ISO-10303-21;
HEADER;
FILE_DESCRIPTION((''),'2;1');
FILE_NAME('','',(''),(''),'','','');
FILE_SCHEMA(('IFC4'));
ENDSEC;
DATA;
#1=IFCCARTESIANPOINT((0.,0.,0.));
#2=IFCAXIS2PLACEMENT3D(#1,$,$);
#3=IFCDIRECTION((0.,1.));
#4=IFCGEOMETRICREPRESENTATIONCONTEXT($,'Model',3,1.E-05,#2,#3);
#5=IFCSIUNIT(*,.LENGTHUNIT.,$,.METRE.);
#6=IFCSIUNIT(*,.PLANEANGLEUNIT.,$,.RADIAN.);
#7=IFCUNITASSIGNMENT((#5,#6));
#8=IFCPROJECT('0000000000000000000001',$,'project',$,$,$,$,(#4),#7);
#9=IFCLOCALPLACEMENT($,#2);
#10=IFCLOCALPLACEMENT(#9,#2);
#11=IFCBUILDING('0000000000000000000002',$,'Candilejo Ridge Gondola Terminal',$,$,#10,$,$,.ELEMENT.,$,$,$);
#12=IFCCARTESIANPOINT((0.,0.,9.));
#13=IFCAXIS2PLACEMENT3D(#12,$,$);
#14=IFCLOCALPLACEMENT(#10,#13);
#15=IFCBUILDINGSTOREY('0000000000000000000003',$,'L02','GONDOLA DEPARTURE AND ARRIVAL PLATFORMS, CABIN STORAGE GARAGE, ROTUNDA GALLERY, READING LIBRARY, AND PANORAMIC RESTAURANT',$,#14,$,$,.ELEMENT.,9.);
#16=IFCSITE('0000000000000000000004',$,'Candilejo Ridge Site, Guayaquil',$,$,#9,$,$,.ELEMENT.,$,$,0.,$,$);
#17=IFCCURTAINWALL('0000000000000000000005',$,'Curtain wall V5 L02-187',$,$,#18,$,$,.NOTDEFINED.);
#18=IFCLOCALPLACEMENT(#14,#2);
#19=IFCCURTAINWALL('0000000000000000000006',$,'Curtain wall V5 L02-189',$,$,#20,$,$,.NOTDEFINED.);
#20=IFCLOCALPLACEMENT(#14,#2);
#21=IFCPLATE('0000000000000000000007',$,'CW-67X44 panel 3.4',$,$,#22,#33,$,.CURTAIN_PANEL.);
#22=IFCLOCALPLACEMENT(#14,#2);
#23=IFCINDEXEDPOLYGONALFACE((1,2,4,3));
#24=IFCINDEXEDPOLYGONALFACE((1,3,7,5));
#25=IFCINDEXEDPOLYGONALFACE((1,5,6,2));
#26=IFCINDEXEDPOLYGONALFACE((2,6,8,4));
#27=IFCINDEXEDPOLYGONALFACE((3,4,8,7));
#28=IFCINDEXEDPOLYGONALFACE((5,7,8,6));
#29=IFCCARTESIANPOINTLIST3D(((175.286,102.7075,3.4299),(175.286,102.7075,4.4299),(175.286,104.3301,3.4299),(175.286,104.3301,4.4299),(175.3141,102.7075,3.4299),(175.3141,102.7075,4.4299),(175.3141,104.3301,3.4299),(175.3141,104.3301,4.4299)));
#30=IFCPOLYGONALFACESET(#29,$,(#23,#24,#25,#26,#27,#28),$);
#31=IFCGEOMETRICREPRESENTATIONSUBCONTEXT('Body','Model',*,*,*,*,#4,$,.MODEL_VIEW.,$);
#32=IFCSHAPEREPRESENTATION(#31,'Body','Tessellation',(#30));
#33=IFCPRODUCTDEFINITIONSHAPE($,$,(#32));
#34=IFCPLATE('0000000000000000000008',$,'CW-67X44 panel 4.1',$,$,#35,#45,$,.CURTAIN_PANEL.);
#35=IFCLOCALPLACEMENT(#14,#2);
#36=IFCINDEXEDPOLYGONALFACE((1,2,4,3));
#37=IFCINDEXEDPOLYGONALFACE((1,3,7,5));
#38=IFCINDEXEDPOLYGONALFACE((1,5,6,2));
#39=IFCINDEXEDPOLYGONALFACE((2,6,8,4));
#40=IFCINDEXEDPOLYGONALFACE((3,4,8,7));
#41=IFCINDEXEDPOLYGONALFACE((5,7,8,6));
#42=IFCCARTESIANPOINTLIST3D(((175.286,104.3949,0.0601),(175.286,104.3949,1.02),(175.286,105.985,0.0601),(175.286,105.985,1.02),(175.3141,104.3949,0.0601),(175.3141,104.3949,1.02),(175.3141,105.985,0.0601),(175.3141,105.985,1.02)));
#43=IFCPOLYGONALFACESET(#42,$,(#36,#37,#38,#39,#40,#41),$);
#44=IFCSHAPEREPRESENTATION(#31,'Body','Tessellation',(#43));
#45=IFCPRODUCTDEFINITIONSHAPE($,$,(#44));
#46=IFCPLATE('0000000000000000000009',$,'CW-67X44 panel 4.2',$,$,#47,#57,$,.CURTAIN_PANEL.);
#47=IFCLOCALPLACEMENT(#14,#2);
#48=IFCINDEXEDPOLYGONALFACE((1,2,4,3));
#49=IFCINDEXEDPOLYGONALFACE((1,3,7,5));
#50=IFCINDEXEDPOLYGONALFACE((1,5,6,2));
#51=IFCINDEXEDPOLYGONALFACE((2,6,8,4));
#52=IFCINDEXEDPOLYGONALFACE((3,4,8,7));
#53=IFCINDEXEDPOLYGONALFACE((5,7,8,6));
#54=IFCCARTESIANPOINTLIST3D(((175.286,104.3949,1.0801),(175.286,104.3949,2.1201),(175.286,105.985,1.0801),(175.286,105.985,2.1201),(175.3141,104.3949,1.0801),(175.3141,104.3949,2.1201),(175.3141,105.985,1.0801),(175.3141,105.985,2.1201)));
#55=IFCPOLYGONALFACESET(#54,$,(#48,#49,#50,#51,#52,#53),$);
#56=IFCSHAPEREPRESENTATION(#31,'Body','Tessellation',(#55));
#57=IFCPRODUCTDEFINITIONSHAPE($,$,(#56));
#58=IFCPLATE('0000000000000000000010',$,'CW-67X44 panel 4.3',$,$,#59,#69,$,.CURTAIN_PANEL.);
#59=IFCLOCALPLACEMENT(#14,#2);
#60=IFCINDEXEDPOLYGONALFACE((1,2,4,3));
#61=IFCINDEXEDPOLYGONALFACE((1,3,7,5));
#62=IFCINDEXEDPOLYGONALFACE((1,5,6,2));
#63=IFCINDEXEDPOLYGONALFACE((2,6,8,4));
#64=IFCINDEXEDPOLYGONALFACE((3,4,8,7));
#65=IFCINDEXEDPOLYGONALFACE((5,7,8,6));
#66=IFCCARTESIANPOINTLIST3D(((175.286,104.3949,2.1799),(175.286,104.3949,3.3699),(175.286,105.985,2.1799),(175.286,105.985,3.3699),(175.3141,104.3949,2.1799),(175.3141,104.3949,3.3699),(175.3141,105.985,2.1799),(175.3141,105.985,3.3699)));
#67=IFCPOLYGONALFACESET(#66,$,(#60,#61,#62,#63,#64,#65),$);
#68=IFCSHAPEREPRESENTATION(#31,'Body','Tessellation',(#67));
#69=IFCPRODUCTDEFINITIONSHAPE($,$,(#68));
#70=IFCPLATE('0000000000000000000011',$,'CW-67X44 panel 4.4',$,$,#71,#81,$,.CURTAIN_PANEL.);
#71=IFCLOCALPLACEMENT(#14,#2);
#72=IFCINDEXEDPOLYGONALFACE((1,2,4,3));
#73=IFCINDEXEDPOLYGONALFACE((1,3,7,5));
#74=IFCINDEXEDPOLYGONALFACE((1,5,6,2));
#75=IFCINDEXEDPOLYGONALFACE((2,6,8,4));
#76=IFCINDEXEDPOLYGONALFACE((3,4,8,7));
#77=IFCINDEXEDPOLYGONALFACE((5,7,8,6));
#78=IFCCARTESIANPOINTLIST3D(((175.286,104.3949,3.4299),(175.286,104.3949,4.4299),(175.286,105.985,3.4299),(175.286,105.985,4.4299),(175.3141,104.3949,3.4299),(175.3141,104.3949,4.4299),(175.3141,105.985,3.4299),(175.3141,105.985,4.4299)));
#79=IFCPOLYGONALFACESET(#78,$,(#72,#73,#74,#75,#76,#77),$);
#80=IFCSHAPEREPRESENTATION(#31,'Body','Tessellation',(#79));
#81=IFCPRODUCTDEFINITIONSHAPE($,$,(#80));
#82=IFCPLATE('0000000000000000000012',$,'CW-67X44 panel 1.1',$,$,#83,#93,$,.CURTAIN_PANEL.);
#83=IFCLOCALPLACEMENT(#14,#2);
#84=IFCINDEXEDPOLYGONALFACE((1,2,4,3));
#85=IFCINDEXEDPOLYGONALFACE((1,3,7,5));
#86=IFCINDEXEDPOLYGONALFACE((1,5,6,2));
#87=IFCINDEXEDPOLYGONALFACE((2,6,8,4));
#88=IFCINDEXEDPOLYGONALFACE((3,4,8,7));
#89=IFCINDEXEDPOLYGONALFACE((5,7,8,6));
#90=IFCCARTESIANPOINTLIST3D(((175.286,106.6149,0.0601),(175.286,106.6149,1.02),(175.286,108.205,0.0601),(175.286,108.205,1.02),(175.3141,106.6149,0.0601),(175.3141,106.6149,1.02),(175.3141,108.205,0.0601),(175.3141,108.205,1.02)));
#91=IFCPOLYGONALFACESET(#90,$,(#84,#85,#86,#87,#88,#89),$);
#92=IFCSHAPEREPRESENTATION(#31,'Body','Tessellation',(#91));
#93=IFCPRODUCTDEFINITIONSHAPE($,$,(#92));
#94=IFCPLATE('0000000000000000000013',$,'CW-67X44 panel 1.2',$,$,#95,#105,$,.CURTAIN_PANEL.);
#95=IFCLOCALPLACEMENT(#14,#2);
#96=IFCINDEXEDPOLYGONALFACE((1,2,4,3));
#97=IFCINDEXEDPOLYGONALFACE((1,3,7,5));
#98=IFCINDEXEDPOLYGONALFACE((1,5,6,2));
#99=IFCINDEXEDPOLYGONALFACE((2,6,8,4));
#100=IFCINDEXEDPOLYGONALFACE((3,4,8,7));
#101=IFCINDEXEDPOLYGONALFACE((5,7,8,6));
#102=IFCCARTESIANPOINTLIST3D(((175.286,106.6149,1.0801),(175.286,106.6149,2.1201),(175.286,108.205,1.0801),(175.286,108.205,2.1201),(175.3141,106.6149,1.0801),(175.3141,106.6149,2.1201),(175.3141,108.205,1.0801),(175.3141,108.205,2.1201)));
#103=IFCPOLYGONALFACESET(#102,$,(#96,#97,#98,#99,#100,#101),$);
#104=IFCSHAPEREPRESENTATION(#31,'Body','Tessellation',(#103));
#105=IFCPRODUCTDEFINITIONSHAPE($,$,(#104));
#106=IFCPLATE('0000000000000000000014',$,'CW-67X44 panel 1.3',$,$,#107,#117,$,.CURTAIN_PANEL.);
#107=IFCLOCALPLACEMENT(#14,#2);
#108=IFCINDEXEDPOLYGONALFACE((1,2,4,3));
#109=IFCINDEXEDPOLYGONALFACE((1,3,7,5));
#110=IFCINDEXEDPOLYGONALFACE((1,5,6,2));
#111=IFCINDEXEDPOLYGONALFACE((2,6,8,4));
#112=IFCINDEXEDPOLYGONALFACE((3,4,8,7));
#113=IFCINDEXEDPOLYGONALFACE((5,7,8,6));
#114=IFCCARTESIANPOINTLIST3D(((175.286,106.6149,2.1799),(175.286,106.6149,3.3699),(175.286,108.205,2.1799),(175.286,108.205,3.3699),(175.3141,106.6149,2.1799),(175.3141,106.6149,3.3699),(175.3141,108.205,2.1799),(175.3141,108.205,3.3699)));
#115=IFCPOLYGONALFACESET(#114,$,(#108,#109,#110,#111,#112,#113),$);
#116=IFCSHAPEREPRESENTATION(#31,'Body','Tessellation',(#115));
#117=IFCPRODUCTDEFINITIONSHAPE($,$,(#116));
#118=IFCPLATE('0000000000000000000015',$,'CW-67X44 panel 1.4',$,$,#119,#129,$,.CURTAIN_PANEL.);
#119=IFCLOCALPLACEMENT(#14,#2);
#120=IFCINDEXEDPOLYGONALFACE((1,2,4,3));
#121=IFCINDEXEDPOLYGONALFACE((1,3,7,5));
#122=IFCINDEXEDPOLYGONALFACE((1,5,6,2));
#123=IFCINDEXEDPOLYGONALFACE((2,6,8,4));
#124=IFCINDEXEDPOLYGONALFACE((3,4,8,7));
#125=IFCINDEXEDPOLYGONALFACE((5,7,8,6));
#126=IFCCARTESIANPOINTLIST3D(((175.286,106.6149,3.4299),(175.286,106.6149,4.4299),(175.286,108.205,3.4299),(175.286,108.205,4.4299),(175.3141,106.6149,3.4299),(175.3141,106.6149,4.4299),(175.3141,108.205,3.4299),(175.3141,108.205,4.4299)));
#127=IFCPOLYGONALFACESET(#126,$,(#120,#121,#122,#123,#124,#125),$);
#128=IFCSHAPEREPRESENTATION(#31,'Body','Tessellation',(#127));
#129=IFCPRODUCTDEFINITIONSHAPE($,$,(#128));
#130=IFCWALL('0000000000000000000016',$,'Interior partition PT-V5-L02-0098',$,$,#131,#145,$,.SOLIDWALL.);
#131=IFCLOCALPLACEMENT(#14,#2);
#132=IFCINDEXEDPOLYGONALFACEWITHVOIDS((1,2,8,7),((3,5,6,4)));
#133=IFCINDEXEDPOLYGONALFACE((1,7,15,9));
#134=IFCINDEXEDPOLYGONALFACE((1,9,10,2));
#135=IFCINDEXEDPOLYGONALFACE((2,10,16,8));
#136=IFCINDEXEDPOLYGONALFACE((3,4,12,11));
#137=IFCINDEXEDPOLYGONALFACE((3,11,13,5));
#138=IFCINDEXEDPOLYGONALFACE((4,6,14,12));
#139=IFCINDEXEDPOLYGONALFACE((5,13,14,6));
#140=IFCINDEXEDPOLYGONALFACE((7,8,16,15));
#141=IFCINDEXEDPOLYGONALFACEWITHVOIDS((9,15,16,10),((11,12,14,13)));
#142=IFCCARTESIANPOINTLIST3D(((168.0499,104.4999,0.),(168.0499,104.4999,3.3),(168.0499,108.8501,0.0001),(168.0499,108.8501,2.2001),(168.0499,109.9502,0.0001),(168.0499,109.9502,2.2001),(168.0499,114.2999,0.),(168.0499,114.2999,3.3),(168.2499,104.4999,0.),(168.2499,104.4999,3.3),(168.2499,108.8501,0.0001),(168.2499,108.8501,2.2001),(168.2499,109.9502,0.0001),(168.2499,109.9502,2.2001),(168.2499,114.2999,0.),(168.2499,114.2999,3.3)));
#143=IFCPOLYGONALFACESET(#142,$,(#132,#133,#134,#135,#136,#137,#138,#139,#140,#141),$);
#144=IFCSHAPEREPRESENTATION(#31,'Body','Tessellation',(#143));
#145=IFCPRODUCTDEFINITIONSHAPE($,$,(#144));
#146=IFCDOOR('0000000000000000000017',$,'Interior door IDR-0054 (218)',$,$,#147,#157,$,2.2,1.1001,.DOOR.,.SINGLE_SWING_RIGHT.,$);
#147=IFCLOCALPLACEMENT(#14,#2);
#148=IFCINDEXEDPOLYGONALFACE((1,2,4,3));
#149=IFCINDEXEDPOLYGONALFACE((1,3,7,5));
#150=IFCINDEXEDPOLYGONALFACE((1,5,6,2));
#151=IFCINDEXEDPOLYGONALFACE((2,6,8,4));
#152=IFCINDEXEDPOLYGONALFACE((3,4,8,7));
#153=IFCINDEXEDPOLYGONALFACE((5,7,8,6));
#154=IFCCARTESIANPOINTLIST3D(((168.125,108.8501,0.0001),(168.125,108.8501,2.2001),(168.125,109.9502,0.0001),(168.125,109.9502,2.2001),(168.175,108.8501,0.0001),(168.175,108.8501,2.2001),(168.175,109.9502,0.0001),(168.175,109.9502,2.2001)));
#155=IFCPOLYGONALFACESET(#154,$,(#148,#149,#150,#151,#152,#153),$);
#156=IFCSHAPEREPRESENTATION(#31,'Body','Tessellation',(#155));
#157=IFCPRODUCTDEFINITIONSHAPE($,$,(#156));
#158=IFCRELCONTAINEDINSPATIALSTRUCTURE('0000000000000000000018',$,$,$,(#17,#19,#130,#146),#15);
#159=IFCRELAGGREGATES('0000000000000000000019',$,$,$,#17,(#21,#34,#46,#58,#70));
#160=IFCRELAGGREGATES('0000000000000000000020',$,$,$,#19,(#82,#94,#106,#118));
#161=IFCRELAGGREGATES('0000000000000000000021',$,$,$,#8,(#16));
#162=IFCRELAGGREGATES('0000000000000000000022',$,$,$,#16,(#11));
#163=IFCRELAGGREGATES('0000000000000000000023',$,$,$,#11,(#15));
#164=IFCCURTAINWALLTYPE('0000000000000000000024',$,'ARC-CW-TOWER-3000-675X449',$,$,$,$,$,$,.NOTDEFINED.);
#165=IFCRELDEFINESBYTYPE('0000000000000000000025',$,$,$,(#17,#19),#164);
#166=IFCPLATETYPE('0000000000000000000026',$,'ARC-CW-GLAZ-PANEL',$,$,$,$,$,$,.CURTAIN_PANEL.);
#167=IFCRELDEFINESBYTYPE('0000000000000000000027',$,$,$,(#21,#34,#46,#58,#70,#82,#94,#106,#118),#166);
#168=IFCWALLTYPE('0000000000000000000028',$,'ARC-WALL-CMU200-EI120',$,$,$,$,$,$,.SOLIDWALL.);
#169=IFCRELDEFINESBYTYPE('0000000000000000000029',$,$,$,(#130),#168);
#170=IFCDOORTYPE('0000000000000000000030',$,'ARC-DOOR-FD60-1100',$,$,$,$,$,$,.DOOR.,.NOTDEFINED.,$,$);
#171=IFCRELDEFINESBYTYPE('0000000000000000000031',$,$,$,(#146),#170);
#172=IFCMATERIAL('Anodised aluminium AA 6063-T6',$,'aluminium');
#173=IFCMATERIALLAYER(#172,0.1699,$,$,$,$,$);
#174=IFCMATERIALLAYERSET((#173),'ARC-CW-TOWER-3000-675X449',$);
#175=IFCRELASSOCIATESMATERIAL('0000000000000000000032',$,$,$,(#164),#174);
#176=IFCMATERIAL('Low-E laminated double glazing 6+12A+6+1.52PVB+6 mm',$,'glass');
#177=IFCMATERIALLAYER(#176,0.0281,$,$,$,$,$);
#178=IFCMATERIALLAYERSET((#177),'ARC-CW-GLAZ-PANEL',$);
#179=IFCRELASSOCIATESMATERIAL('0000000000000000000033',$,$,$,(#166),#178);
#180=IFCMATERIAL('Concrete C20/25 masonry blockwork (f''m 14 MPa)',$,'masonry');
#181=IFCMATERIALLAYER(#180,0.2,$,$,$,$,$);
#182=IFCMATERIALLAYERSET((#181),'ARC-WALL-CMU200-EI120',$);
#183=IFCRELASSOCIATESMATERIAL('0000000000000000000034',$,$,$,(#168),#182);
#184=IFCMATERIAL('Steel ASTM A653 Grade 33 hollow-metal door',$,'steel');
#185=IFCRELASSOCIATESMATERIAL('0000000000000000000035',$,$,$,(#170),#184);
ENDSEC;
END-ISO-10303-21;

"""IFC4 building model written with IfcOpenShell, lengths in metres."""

from ifc_helpers import new_model, si_unit, direction, frame, frame_2d, origin, origin_2d, place, context, subcontext, project, spatial, rectangle, extrude, material, layer, layer_set, type_object, element, fill, aggregate, save


model = new_model("IFC4")

# Units and contexts
model_context = context("Model", 3, precision=1e-05, world=origin(), true_north=direction((0.0, 1.0)))
body_context = subcontext(model_context, "Body", "Model", "MODEL_VIEW")
ifc_project = project(units=[si_unit("LENGTHUNIT", "METRE"), si_unit("PLANEANGLEUNIT", "RADIAN")], contexts=[model_context])

# Site, building, storey
site_placement = place(None, origin())
site = spatial("IfcSite", under=ifc_project, at=site_placement, Name="Candilejo Ridge Site, Guayaquil", CompositionType="ELEMENT", RefElevation=0.0)
building_placement = place(site_placement, origin())
building = spatial("IfcBuilding", under=site, at=building_placement, Name="Candilejo Ridge Gondola Terminal", CompositionType="ELEMENT")
storey_placement = place(building_placement, frame((0.0, 0.0, 9.0)))
storey = spatial("IfcBuildingStorey", under=building, at=storey_placement, Name="L02", Description="GONDOLA DEPARTURE AND ARRIVAL PLATFORMS, CABIN STORAGE GARAGE, ROTUNDA GALLERY, READING LIBRARY, AND PANORAMIC RESTAURANT", CompositionType="ELEMENT", Elevation=9.0)

# Curtain walls
ifc_material_1 = material(Name="Anodised aluminium AA 6063-T6", Category="aluminium")
ifc_layer_1 = layer(ifc_material_1, 0.1699)
ifc_layer_set_1 = layer_set([ifc_layer_1], Name="ARC-CW-TOWER-3000-675X449")
curtain_wall_type = type_object("IfcCurtainWallType", Name="ARC-CW-TOWER-3000-675X449", PredefinedType="NOTDEFINED", material=ifc_layer_set_1)
curtain_wall_1_placement = place(storey_placement, origin())
curtain_wall_1 = element("IfcCurtainWall", 1, at=curtain_wall_1_placement, inside=storey, type_object=curtain_wall_type, Name="Curtain wall V5 L02-187", PredefinedType="NOTDEFINED")
curtain_wall_2_placement = place(storey_placement, origin())
curtain_wall_2 = element("IfcCurtainWall", 2, at=curtain_wall_2_placement, inside=storey, type_object=curtain_wall_type, Name="Curtain wall V5 L02-189", PredefinedType="NOTDEFINED")

# Plates
ifc_material_2 = material(Name="Low-E laminated double glazing 6+12A+6+1.52PVB+6 mm", Category="glass")
ifc_layer_2 = layer(ifc_material_2, 0.0281)
ifc_layer_set_2 = layer_set([ifc_layer_2], Name="ARC-CW-GLAZ-PANEL")
plate_type = type_object("IfcPlateType", Name="ARC-CW-GLAZ-PANEL", PredefinedType="CURTAIN_PANEL", material=ifc_layer_set_2)
plate_1_placement = place(storey_placement, frame((175.3, 103.5188, 3.4299), z_axis=(0.0, 0.0, 1.0), x_axis=(0.0, 1.0, 0.0)))
plate_1 = element("IfcPlate", 3, at=plate_1_placement, type_object=plate_type, Name="CW-67X44 panel 3.4", PredefinedType="CURTAIN_PANEL", context=body_context, shape_type="SweptSolid", body=[
    extrude(rectangle(XDim=1.6226, YDim=0.0281, at=origin_2d()), origin(), (0.0, 0.0, 1.0), 1.0),
])
plate_2_placement = place(storey_placement, frame((175.3, 105.1899, 0.0601), z_axis=(0.0, 0.0, 1.0), x_axis=(0.0, 1.0, 0.0)))
plate_2 = element("IfcPlate", 4, at=plate_2_placement, type_object=plate_type, Name="CW-67X44 panel 4.1", PredefinedType="CURTAIN_PANEL", context=body_context, shape_type="SweptSolid", body=[
    extrude(rectangle(XDim=1.5901, YDim=0.0281, at=origin_2d()), origin(), (0.0, 0.0, 1.0), 0.96),
])
plate_3_placement = place(storey_placement, frame((175.3, 105.1899, 1.0801), z_axis=(0.0, 0.0, 1.0), x_axis=(0.0, 1.0, 0.0)))
plate_3 = element("IfcPlate", 5, at=plate_3_placement, type_object=plate_type, Name="CW-67X44 panel 4.2", PredefinedType="CURTAIN_PANEL", context=body_context, shape_type="SweptSolid", body=[
    extrude(rectangle(XDim=1.5901, YDim=0.0281, at=origin_2d()), origin(), (0.0, 0.0, 1.0), 1.04),
])
plate_4_placement = place(storey_placement, frame((175.3, 105.1899, 2.1799), z_axis=(0.0, 0.0, 1.0), x_axis=(0.0, 1.0, 0.0)))
plate_4 = element("IfcPlate", 6, at=plate_4_placement, type_object=plate_type, Name="CW-67X44 panel 4.3", PredefinedType="CURTAIN_PANEL", context=body_context, shape_type="SweptSolid", body=[
    extrude(rectangle(XDim=1.5901, YDim=0.0281, at=origin_2d()), origin(), (0.0, 0.0, 1.0), 1.1899),
])
plate_5_placement = place(storey_placement, frame((175.3, 105.1899, 3.4299), z_axis=(0.0, 0.0, 1.0), x_axis=(0.0, 1.0, 0.0)))
plate_5 = element("IfcPlate", 7, at=plate_5_placement, type_object=plate_type, Name="CW-67X44 panel 4.4", PredefinedType="CURTAIN_PANEL", context=body_context, shape_type="SweptSolid", body=[
    extrude(rectangle(XDim=1.5901, YDim=0.0281, at=origin_2d()), origin(), (0.0, 0.0, 1.0), 1.0),
])
aggregate(curtain_wall_1, [plate_1, plate_2, plate_3, plate_4, plate_5])
plate_6_placement = place(storey_placement, frame((175.3, 107.4099, 0.0601), z_axis=(0.0, 0.0, 1.0), x_axis=(0.0, 1.0, 0.0)))
plate_6 = element("IfcPlate", 8, at=plate_6_placement, type_object=plate_type, Name="CW-67X44 panel 1.1", PredefinedType="CURTAIN_PANEL", context=body_context, shape_type="SweptSolid", body=[
    extrude(rectangle(XDim=1.5901, YDim=0.0281, at=origin_2d()), origin(), (0.0, 0.0, 1.0), 0.96),
])
plate_7_placement = place(storey_placement, frame((175.3, 107.4099, 1.0801), z_axis=(0.0, 0.0, 1.0), x_axis=(0.0, 1.0, 0.0)))
plate_7 = element("IfcPlate", 9, at=plate_7_placement, type_object=plate_type, Name="CW-67X44 panel 1.2", PredefinedType="CURTAIN_PANEL", context=body_context, shape_type="SweptSolid", body=[
    extrude(rectangle(XDim=1.5901, YDim=0.0281, at=origin_2d()), origin(), (0.0, 0.0, 1.0), 1.04),
])
plate_8_placement = place(storey_placement, frame((175.3, 107.4099, 2.1799), z_axis=(0.0, 0.0, 1.0), x_axis=(0.0, 1.0, 0.0)))
plate_8 = element("IfcPlate", 10, at=plate_8_placement, type_object=plate_type, Name="CW-67X44 panel 1.3", PredefinedType="CURTAIN_PANEL", context=body_context, shape_type="SweptSolid", body=[
    extrude(rectangle(XDim=1.5901, YDim=0.0281, at=origin_2d()), origin(), (0.0, 0.0, 1.0), 1.1899),
])
plate_9_placement = place(storey_placement, frame((175.3, 107.4099, 3.4299), z_axis=(0.0, 0.0, 1.0), x_axis=(0.0, 1.0, 0.0)))
plate_9 = element("IfcPlate", 11, at=plate_9_placement, type_object=plate_type, Name="CW-67X44 panel 1.4", PredefinedType="CURTAIN_PANEL", context=body_context, shape_type="SweptSolid", body=[
    extrude(rectangle(XDim=1.5901, YDim=0.0281, at=origin_2d()), origin(), (0.0, 0.0, 1.0), 1.0),
])
aggregate(curtain_wall_2, [plate_6, plate_7, plate_8, plate_9])

# Wall, opening, door
ifc_material_3 = material(Name="Concrete C20/25 masonry blockwork (f'm 14 MPa)", Category="masonry")
ifc_layer_3 = layer(ifc_material_3, 0.2)
ifc_layer_set_3 = layer_set([ifc_layer_3], Name="ARC-WALL-CMU200-EI120")
wall_type = type_object("IfcWallType", Name="ARC-WALL-CMU200-EI120", PredefinedType="SOLIDWALL", material=ifc_layer_set_3)
wall_placement = place(storey_placement, frame((168.1499, 104.5, 0.0), z_axis=(0.0, 0.0, 1.0), x_axis=(0.0, 1.0, 0.0)))
wall = element("IfcWall", 12, at=wall_placement, inside=storey, type_object=wall_type, Name="Interior partition PT-V5-L02-0098", PredefinedType="SOLIDWALL", context=body_context, shape_type="SweptSolid", body=[
    extrude(rectangle(XDim=9.8, YDim=0.2, at=frame_2d((4.8999, 0.0))), origin(), (0.0, 0.0, 1.0), 3.3),
])
opening_placement = place(wall_placement, frame((4.3501, 0.0, 0.0)))
opening = element("IfcOpeningElement", 13, at=opening_placement, cuts=wall, PredefinedType="OPENING", context=body_context, shape_type="SweptSolid", body=[
    extrude(rectangle(XDim=1.1001, YDim=2.2, at=frame_2d((0.55, 1.1001))), frame((0.0, 0.1099, 0.0), z_axis=(0.0, -1.0, 0.0), x_axis=(1.0, 0.0, 0.0)), (0.0, 0.0, 1.0), 0.22),
])
ifc_material_4 = material(Name="Steel ASTM A653 Grade 33 hollow-metal door", Category="steel")
door_type = type_object("IfcDoorType", Name="ARC-DOOR-FD60-1100", OperationType="NOTDEFINED", PredefinedType="DOOR", material=ifc_material_4)
door_placement = place(opening_placement, origin())
door = element("IfcDoor", 14, at=door_placement, inside=storey, type_object=door_type, Name="Interior door IDR-0054 (218)", OperationType="SINGLE_SWING_RIGHT", OverallHeight=2.2, OverallWidth=1.1001, PredefinedType="DOOR", context=body_context, shape_type="SweptSolid", body=[
    extrude(rectangle(XDim=1.1001, YDim=2.2, at=frame_2d((0.55, 1.1001))), frame((0.0, 0.0249, 0.0), z_axis=(0.0, -1.0, 0.0), x_axis=(1.0, 0.0, 0.0)), (0.0, 0.0, 1.0), 0.05),
])
fill(opening, door)

save(model, "model.ifc")
